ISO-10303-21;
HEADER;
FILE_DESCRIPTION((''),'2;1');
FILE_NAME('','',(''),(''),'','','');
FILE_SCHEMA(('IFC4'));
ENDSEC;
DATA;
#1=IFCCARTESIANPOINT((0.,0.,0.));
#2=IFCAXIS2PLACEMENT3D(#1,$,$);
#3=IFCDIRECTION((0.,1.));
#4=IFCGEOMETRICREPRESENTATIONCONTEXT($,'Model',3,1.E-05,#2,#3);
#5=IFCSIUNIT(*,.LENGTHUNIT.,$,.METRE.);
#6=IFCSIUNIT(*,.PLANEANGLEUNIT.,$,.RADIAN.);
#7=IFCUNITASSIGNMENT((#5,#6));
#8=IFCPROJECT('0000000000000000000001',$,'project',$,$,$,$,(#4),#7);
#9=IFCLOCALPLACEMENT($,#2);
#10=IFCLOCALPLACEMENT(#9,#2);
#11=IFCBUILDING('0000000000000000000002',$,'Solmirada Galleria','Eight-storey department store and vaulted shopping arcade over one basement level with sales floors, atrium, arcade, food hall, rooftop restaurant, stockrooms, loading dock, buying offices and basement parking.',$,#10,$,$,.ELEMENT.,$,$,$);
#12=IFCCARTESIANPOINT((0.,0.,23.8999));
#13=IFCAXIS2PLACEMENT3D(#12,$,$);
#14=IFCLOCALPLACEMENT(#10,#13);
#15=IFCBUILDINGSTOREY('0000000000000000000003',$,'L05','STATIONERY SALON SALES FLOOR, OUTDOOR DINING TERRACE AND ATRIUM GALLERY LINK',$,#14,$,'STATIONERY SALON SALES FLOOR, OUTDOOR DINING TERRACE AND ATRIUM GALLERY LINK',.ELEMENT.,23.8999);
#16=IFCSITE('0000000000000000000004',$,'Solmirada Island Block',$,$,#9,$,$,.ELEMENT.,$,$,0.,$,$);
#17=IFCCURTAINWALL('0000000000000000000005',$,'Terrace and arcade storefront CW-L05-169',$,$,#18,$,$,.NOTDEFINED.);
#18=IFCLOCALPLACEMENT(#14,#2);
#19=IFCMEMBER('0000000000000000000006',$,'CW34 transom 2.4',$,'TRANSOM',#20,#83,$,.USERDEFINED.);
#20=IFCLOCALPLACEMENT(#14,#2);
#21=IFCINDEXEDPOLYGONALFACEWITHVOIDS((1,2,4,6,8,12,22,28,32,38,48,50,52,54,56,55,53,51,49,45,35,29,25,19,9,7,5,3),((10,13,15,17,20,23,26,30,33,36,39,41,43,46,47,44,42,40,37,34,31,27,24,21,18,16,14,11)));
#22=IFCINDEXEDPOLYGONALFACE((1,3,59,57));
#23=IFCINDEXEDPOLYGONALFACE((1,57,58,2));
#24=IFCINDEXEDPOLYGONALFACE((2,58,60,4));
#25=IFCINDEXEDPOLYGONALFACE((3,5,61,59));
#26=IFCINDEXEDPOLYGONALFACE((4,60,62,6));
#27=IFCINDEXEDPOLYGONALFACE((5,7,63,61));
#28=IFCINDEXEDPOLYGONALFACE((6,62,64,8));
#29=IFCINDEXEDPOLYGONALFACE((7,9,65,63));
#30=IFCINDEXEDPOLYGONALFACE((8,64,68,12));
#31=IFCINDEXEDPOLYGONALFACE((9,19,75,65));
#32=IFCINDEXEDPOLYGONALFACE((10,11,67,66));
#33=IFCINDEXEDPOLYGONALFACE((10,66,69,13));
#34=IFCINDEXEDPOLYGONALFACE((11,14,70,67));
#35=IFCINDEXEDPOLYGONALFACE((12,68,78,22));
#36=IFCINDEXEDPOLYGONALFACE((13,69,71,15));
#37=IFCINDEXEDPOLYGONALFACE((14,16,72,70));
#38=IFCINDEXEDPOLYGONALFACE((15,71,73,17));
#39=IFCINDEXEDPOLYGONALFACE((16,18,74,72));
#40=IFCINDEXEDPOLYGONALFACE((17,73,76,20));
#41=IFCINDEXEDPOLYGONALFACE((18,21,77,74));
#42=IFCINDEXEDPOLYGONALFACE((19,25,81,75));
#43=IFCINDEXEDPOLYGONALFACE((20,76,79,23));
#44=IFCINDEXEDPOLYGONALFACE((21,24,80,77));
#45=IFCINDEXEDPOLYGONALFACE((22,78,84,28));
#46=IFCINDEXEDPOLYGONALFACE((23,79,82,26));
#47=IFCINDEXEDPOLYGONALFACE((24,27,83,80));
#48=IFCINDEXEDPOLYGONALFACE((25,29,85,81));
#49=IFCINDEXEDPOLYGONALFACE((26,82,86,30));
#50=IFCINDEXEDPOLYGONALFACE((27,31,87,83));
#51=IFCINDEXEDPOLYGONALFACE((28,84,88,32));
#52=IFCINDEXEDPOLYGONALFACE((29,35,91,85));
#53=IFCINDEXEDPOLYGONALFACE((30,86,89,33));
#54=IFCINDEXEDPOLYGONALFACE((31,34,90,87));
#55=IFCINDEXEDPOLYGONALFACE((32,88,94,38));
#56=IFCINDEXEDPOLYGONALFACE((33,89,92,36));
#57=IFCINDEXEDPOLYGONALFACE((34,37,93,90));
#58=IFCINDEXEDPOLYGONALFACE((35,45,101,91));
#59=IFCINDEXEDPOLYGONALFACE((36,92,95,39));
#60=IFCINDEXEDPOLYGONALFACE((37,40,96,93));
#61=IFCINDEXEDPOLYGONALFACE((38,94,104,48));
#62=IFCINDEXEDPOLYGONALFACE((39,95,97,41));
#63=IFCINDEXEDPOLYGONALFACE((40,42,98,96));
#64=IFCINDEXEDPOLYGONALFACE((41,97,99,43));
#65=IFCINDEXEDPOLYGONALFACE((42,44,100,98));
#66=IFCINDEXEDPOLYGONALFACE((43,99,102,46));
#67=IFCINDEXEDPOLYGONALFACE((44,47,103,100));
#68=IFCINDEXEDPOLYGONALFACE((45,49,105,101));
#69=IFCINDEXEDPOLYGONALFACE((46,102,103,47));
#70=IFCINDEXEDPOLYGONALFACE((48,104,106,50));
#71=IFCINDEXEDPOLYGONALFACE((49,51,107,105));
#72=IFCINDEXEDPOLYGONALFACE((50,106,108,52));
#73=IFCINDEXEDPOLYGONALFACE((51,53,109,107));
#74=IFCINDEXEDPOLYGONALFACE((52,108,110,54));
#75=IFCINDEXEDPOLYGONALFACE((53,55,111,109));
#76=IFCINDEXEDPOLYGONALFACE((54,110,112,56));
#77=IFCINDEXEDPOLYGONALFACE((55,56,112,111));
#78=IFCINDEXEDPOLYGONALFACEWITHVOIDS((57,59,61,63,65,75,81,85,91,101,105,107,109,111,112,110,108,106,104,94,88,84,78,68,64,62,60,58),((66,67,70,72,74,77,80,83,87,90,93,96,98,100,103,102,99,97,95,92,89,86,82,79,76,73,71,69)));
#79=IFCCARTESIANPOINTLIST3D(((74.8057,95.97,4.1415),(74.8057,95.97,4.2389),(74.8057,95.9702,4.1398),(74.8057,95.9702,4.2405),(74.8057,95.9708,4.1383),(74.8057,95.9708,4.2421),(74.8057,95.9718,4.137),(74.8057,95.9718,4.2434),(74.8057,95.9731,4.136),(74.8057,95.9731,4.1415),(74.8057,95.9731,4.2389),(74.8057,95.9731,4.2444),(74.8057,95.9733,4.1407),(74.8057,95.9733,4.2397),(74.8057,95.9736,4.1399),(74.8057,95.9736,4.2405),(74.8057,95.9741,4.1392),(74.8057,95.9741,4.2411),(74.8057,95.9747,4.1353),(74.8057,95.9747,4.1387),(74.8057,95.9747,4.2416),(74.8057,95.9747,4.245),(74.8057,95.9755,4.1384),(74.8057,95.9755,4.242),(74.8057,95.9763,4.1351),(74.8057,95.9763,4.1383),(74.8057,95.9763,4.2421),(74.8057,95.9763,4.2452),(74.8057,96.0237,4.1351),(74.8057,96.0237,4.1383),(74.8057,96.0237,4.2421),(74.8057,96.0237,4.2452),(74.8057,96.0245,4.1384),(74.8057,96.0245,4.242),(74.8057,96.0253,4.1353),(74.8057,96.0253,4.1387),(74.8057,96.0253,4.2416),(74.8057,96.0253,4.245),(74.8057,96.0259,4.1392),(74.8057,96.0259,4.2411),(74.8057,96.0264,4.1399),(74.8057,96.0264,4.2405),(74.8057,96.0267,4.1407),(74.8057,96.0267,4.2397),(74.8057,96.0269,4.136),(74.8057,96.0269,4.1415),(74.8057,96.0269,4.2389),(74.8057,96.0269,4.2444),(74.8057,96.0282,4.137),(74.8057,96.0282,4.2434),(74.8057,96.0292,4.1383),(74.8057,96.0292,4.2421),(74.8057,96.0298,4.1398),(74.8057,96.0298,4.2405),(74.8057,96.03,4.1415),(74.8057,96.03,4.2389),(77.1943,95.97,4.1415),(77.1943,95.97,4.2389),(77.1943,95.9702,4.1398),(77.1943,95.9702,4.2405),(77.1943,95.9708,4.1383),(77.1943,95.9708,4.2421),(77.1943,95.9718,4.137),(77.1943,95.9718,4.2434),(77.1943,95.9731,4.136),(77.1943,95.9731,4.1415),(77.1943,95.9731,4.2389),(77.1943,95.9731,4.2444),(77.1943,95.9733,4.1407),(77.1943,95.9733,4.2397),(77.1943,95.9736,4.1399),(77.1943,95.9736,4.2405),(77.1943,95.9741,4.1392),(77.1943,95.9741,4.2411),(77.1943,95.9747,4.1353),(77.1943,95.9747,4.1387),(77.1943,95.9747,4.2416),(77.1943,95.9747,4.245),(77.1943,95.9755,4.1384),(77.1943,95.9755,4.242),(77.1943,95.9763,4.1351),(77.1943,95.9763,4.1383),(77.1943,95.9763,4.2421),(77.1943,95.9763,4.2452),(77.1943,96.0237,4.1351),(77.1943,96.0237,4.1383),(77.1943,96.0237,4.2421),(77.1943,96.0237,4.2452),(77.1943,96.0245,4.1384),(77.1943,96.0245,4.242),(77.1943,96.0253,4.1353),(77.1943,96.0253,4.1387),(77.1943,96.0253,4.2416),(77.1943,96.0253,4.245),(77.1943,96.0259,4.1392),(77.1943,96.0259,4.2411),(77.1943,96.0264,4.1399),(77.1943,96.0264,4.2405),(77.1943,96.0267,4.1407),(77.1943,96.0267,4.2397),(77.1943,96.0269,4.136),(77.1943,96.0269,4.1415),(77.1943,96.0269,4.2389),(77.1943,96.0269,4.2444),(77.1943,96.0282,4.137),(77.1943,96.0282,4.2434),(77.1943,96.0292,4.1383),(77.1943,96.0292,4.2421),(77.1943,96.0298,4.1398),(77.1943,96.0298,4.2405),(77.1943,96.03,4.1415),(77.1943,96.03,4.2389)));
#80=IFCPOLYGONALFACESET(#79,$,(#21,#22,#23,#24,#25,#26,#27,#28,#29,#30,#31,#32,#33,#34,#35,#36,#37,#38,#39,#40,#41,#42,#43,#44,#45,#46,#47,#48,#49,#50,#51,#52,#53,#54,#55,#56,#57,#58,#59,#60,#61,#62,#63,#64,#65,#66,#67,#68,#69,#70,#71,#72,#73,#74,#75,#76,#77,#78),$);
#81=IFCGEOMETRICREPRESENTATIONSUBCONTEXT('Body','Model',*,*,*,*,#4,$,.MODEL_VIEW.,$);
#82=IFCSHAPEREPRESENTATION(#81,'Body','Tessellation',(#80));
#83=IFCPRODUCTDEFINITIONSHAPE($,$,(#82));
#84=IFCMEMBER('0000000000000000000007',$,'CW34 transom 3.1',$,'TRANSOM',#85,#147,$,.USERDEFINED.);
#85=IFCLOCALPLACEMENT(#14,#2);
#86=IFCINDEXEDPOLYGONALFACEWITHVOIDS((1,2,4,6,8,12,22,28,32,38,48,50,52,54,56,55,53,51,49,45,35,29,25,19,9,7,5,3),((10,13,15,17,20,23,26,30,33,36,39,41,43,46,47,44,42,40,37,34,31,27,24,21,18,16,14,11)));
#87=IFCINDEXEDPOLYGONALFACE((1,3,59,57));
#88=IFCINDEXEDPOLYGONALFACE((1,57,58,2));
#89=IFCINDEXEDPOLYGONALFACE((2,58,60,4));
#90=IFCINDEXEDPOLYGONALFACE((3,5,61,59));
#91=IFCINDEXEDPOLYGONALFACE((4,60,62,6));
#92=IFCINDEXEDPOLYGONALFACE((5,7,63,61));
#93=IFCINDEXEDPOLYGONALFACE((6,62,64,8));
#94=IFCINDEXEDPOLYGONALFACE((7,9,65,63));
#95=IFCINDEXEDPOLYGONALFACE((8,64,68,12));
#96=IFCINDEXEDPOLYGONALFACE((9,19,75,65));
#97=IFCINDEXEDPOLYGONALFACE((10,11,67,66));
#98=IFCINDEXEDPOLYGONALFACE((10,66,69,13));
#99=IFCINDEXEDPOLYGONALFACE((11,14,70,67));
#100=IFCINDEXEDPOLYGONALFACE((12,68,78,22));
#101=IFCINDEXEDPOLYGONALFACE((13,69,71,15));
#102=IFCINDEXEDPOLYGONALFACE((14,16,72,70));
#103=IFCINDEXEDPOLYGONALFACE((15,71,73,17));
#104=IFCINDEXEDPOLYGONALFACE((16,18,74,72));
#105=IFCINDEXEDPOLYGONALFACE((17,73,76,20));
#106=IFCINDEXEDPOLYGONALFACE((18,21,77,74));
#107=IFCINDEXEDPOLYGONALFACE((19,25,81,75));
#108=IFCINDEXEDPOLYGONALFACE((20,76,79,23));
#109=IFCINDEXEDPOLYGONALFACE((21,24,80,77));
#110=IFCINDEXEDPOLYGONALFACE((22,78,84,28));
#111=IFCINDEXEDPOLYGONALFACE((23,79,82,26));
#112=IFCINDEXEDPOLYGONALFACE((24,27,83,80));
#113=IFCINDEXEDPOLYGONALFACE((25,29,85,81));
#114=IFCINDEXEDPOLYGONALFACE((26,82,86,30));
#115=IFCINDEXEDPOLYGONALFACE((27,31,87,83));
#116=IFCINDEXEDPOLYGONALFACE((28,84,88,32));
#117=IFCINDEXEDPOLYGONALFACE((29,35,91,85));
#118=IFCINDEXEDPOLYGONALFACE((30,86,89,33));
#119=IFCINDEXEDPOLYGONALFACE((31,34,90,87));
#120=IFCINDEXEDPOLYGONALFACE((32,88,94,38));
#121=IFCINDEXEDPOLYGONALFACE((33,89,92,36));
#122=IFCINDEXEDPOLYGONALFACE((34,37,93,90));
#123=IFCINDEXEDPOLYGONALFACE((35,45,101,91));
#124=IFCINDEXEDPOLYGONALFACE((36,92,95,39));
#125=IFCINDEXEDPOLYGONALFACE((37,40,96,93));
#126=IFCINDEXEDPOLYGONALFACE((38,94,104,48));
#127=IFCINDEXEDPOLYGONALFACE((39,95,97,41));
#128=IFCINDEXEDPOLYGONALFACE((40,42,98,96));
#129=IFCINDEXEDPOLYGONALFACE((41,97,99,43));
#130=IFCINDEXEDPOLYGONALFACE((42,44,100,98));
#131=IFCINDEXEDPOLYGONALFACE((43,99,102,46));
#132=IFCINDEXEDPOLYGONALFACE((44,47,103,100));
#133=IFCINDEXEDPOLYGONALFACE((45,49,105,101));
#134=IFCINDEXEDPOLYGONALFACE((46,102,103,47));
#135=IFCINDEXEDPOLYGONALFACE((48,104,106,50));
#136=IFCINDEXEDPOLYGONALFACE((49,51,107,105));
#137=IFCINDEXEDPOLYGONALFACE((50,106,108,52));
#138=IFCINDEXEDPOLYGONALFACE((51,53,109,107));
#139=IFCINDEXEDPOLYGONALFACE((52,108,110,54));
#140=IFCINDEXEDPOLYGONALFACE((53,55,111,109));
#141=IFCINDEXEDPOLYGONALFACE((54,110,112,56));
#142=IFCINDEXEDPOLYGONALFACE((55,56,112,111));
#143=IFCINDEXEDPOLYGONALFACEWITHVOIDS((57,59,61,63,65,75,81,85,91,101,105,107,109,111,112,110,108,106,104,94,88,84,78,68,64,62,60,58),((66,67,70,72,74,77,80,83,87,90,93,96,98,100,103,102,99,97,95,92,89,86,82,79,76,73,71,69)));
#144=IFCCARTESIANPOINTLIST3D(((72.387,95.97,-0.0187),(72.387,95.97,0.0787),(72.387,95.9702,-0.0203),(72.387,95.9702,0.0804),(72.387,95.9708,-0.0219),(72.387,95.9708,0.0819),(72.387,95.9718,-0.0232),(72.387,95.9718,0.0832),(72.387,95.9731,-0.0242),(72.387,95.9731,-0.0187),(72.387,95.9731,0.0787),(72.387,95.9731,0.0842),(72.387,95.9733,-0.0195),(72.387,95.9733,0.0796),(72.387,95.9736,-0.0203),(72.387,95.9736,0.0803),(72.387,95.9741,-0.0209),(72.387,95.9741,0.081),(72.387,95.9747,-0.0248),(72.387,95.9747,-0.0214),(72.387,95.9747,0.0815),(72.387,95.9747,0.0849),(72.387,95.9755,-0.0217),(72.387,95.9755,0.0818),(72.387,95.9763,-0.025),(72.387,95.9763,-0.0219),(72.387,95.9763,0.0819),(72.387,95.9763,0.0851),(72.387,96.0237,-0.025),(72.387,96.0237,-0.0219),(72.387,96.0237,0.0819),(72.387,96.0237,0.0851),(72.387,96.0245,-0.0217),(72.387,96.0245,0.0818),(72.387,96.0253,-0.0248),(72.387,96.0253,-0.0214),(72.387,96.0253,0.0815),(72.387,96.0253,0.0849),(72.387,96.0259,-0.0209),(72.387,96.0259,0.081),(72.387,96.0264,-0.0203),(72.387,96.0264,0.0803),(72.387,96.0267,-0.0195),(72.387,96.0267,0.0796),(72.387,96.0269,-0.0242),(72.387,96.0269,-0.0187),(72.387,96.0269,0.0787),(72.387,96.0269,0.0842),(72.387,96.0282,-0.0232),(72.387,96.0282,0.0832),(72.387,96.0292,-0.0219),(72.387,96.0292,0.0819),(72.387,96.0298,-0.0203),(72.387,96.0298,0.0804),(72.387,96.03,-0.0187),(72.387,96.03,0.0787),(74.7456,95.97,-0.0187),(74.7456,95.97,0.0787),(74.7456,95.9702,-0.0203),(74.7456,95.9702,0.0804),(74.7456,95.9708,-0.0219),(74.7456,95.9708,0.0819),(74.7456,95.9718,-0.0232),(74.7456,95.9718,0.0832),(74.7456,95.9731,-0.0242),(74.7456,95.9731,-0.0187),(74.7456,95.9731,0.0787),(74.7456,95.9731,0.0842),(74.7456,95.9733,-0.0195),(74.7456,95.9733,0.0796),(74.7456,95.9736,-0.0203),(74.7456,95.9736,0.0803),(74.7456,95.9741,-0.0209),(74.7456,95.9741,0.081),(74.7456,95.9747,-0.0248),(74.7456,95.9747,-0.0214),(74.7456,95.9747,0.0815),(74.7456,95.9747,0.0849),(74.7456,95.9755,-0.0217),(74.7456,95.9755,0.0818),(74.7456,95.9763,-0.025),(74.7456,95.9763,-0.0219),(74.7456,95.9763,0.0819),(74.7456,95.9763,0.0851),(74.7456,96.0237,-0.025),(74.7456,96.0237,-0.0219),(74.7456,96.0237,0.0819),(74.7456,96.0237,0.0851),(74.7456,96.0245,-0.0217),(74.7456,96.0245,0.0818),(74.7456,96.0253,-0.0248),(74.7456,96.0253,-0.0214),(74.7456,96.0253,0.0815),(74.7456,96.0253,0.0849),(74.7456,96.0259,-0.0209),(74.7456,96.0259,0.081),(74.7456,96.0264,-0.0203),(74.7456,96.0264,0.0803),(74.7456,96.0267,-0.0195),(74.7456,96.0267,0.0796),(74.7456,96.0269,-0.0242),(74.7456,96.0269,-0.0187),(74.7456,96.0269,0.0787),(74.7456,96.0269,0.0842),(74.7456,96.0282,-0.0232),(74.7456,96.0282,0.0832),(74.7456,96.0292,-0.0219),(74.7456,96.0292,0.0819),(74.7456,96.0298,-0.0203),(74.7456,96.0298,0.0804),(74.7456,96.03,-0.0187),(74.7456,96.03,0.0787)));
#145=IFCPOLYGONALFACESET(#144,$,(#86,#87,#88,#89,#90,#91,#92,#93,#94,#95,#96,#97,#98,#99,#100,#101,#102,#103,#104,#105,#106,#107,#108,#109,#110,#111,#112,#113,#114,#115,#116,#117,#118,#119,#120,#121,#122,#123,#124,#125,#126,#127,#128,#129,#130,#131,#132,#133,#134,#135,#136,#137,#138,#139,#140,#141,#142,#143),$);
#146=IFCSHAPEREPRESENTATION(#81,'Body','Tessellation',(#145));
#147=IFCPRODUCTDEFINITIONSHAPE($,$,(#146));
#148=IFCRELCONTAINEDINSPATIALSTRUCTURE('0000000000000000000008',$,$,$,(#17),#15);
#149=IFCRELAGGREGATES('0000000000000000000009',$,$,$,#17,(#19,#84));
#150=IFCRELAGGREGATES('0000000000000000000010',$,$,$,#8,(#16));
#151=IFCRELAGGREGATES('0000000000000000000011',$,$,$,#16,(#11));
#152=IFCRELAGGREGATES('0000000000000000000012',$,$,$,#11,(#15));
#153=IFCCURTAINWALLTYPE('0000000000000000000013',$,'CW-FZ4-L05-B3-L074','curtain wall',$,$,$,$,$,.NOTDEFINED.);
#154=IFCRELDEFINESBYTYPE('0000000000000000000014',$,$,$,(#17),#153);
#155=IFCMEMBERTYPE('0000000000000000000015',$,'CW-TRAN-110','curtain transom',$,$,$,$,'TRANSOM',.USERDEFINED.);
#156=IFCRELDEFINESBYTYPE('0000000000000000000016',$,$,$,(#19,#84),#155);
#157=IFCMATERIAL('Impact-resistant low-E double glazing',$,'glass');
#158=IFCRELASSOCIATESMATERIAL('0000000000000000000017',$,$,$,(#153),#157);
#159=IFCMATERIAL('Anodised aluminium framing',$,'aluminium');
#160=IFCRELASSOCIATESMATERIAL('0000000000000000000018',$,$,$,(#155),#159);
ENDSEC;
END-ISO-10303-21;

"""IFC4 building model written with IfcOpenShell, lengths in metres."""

from ifc_helpers import new_model, si_unit, direction, frame, origin, origin_2d, place, context, subcontext, project, spatial, hollow_rectangle, extrude, material, material_profile, profile_set, type_object, element, aggregate, save


model = new_model("IFC4")

# Units and contexts
model_context = context("Model", 3, precision=1e-05, world=origin(), true_north=direction((0.0, 1.0)))
body_context = subcontext(model_context, "Body", "Model", "MODEL_VIEW")
ifc_project = project(units=[si_unit("LENGTHUNIT", "METRE"), si_unit("PLANEANGLEUNIT", "RADIAN")], contexts=[model_context])

# Site, building, storey
site_placement = place(None, origin())
site = spatial("IfcSite", under=ifc_project, at=site_placement, Name="Solmirada Island Block", CompositionType="ELEMENT", RefElevation=0.0)
building_placement = place(site_placement, origin())
building = spatial("IfcBuilding", under=site, at=building_placement, Name="Solmirada Galleria", Description="Eight-storey department store and vaulted shopping arcade over one basement level with sales floors, atrium, arcade, food hall, rooftop restaurant, stockrooms, loading dock, buying offices and basement parking.", CompositionType="ELEMENT")
storey_placement = place(building_placement, frame((0.0, 0.0, 23.8999)))
storey = spatial("IfcBuildingStorey", under=building, at=storey_placement, Name="L05", Description="STATIONERY SALON SALES FLOOR, OUTDOOR DINING TERRACE AND ATRIUM GALLERY LINK", LongName="STATIONERY SALON SALES FLOOR, OUTDOOR DINING TERRACE AND ATRIUM GALLERY LINK", CompositionType="ELEMENT", Elevation=23.8999)

# Curtain wall, members
ifc_material_1 = material(Name="Impact-resistant low-E double glazing", Category="glass")
curtain_wall_type = type_object("IfcCurtainWallType", Name="CW-FZ4-L05-B3-L074", Description="curtain wall", PredefinedType="NOTDEFINED", material=ifc_material_1)
curtain_wall_placement = place(storey_placement, origin())
curtain_wall = element("IfcCurtainWall", 1, at=curtain_wall_placement, inside=storey, type_object=curtain_wall_type, Name="Terrace and arcade storefront CW-L05-169", PredefinedType="NOTDEFINED")
ifc_material_2 = material(Name="Anodised aluminium framing", Category="aluminium")
ifc_material_profile_1 = material_profile(ifc_material_2, hollow_rectangle(XDim=0.0601, YDim=0.1101, WallThickness=0.0032, InnerFilletRadius=0.0032, OuterFilletRadius=0.0063, at=origin_2d()), Name="ALU-TRAN-110X60")
ifc_profile_set_1 = profile_set([ifc_material_profile_1], Name="Anodised aluminium framing")
member_type_1 = type_object("IfcMemberType", Name="CW-TRAN-110", Description="curtain transom", ElementType="TRANSOM", PredefinedType="USERDEFINED", material=ifc_profile_set_1)
member_1_placement = place(storey_placement, frame((77.1943, 96.0, 4.1902), z_axis=(-1.0, 0.0, 0.0), x_axis=(0.0, -1.0, 0.0)))
member_1 = element("IfcMember", 2, at=member_1_placement, type_object=member_type_1, Name="CW34 transom 2.4", ObjectType="TRANSOM", PredefinedType="USERDEFINED", context=body_context, shape_type="SweptSolid", body=[
    extrude(hollow_rectangle(XDim=0.0601, YDim=0.1101, WallThickness=0.0032, InnerFilletRadius=0.0032, OuterFilletRadius=0.0063, at=origin_2d()), origin(), (0.0, 0.0, 1.0), 2.3887),
])
member_2_placement = place(storey_placement, frame((74.7456, 96.0, 0.03), z_axis=(-1.0, 0.0, 0.0), x_axis=(0.0, -1.0, 0.0)))
member_2 = element("IfcMember", 3, at=member_2_placement, type_object=member_type_1, Name="CW34 transom 3.1", ObjectType="TRANSOM", PredefinedType="USERDEFINED", context=body_context, shape_type="SweptSolid", body=[
    extrude(hollow_rectangle(XDim=0.0601, YDim=0.1101, WallThickness=0.0032, InnerFilletRadius=0.0032, OuterFilletRadius=0.0063, at=origin_2d()), origin(), (0.0, 0.0, 1.0), 2.3586),
])
aggregate(curtain_wall, [member_1, member_2])

save(model, "model.ifc")
